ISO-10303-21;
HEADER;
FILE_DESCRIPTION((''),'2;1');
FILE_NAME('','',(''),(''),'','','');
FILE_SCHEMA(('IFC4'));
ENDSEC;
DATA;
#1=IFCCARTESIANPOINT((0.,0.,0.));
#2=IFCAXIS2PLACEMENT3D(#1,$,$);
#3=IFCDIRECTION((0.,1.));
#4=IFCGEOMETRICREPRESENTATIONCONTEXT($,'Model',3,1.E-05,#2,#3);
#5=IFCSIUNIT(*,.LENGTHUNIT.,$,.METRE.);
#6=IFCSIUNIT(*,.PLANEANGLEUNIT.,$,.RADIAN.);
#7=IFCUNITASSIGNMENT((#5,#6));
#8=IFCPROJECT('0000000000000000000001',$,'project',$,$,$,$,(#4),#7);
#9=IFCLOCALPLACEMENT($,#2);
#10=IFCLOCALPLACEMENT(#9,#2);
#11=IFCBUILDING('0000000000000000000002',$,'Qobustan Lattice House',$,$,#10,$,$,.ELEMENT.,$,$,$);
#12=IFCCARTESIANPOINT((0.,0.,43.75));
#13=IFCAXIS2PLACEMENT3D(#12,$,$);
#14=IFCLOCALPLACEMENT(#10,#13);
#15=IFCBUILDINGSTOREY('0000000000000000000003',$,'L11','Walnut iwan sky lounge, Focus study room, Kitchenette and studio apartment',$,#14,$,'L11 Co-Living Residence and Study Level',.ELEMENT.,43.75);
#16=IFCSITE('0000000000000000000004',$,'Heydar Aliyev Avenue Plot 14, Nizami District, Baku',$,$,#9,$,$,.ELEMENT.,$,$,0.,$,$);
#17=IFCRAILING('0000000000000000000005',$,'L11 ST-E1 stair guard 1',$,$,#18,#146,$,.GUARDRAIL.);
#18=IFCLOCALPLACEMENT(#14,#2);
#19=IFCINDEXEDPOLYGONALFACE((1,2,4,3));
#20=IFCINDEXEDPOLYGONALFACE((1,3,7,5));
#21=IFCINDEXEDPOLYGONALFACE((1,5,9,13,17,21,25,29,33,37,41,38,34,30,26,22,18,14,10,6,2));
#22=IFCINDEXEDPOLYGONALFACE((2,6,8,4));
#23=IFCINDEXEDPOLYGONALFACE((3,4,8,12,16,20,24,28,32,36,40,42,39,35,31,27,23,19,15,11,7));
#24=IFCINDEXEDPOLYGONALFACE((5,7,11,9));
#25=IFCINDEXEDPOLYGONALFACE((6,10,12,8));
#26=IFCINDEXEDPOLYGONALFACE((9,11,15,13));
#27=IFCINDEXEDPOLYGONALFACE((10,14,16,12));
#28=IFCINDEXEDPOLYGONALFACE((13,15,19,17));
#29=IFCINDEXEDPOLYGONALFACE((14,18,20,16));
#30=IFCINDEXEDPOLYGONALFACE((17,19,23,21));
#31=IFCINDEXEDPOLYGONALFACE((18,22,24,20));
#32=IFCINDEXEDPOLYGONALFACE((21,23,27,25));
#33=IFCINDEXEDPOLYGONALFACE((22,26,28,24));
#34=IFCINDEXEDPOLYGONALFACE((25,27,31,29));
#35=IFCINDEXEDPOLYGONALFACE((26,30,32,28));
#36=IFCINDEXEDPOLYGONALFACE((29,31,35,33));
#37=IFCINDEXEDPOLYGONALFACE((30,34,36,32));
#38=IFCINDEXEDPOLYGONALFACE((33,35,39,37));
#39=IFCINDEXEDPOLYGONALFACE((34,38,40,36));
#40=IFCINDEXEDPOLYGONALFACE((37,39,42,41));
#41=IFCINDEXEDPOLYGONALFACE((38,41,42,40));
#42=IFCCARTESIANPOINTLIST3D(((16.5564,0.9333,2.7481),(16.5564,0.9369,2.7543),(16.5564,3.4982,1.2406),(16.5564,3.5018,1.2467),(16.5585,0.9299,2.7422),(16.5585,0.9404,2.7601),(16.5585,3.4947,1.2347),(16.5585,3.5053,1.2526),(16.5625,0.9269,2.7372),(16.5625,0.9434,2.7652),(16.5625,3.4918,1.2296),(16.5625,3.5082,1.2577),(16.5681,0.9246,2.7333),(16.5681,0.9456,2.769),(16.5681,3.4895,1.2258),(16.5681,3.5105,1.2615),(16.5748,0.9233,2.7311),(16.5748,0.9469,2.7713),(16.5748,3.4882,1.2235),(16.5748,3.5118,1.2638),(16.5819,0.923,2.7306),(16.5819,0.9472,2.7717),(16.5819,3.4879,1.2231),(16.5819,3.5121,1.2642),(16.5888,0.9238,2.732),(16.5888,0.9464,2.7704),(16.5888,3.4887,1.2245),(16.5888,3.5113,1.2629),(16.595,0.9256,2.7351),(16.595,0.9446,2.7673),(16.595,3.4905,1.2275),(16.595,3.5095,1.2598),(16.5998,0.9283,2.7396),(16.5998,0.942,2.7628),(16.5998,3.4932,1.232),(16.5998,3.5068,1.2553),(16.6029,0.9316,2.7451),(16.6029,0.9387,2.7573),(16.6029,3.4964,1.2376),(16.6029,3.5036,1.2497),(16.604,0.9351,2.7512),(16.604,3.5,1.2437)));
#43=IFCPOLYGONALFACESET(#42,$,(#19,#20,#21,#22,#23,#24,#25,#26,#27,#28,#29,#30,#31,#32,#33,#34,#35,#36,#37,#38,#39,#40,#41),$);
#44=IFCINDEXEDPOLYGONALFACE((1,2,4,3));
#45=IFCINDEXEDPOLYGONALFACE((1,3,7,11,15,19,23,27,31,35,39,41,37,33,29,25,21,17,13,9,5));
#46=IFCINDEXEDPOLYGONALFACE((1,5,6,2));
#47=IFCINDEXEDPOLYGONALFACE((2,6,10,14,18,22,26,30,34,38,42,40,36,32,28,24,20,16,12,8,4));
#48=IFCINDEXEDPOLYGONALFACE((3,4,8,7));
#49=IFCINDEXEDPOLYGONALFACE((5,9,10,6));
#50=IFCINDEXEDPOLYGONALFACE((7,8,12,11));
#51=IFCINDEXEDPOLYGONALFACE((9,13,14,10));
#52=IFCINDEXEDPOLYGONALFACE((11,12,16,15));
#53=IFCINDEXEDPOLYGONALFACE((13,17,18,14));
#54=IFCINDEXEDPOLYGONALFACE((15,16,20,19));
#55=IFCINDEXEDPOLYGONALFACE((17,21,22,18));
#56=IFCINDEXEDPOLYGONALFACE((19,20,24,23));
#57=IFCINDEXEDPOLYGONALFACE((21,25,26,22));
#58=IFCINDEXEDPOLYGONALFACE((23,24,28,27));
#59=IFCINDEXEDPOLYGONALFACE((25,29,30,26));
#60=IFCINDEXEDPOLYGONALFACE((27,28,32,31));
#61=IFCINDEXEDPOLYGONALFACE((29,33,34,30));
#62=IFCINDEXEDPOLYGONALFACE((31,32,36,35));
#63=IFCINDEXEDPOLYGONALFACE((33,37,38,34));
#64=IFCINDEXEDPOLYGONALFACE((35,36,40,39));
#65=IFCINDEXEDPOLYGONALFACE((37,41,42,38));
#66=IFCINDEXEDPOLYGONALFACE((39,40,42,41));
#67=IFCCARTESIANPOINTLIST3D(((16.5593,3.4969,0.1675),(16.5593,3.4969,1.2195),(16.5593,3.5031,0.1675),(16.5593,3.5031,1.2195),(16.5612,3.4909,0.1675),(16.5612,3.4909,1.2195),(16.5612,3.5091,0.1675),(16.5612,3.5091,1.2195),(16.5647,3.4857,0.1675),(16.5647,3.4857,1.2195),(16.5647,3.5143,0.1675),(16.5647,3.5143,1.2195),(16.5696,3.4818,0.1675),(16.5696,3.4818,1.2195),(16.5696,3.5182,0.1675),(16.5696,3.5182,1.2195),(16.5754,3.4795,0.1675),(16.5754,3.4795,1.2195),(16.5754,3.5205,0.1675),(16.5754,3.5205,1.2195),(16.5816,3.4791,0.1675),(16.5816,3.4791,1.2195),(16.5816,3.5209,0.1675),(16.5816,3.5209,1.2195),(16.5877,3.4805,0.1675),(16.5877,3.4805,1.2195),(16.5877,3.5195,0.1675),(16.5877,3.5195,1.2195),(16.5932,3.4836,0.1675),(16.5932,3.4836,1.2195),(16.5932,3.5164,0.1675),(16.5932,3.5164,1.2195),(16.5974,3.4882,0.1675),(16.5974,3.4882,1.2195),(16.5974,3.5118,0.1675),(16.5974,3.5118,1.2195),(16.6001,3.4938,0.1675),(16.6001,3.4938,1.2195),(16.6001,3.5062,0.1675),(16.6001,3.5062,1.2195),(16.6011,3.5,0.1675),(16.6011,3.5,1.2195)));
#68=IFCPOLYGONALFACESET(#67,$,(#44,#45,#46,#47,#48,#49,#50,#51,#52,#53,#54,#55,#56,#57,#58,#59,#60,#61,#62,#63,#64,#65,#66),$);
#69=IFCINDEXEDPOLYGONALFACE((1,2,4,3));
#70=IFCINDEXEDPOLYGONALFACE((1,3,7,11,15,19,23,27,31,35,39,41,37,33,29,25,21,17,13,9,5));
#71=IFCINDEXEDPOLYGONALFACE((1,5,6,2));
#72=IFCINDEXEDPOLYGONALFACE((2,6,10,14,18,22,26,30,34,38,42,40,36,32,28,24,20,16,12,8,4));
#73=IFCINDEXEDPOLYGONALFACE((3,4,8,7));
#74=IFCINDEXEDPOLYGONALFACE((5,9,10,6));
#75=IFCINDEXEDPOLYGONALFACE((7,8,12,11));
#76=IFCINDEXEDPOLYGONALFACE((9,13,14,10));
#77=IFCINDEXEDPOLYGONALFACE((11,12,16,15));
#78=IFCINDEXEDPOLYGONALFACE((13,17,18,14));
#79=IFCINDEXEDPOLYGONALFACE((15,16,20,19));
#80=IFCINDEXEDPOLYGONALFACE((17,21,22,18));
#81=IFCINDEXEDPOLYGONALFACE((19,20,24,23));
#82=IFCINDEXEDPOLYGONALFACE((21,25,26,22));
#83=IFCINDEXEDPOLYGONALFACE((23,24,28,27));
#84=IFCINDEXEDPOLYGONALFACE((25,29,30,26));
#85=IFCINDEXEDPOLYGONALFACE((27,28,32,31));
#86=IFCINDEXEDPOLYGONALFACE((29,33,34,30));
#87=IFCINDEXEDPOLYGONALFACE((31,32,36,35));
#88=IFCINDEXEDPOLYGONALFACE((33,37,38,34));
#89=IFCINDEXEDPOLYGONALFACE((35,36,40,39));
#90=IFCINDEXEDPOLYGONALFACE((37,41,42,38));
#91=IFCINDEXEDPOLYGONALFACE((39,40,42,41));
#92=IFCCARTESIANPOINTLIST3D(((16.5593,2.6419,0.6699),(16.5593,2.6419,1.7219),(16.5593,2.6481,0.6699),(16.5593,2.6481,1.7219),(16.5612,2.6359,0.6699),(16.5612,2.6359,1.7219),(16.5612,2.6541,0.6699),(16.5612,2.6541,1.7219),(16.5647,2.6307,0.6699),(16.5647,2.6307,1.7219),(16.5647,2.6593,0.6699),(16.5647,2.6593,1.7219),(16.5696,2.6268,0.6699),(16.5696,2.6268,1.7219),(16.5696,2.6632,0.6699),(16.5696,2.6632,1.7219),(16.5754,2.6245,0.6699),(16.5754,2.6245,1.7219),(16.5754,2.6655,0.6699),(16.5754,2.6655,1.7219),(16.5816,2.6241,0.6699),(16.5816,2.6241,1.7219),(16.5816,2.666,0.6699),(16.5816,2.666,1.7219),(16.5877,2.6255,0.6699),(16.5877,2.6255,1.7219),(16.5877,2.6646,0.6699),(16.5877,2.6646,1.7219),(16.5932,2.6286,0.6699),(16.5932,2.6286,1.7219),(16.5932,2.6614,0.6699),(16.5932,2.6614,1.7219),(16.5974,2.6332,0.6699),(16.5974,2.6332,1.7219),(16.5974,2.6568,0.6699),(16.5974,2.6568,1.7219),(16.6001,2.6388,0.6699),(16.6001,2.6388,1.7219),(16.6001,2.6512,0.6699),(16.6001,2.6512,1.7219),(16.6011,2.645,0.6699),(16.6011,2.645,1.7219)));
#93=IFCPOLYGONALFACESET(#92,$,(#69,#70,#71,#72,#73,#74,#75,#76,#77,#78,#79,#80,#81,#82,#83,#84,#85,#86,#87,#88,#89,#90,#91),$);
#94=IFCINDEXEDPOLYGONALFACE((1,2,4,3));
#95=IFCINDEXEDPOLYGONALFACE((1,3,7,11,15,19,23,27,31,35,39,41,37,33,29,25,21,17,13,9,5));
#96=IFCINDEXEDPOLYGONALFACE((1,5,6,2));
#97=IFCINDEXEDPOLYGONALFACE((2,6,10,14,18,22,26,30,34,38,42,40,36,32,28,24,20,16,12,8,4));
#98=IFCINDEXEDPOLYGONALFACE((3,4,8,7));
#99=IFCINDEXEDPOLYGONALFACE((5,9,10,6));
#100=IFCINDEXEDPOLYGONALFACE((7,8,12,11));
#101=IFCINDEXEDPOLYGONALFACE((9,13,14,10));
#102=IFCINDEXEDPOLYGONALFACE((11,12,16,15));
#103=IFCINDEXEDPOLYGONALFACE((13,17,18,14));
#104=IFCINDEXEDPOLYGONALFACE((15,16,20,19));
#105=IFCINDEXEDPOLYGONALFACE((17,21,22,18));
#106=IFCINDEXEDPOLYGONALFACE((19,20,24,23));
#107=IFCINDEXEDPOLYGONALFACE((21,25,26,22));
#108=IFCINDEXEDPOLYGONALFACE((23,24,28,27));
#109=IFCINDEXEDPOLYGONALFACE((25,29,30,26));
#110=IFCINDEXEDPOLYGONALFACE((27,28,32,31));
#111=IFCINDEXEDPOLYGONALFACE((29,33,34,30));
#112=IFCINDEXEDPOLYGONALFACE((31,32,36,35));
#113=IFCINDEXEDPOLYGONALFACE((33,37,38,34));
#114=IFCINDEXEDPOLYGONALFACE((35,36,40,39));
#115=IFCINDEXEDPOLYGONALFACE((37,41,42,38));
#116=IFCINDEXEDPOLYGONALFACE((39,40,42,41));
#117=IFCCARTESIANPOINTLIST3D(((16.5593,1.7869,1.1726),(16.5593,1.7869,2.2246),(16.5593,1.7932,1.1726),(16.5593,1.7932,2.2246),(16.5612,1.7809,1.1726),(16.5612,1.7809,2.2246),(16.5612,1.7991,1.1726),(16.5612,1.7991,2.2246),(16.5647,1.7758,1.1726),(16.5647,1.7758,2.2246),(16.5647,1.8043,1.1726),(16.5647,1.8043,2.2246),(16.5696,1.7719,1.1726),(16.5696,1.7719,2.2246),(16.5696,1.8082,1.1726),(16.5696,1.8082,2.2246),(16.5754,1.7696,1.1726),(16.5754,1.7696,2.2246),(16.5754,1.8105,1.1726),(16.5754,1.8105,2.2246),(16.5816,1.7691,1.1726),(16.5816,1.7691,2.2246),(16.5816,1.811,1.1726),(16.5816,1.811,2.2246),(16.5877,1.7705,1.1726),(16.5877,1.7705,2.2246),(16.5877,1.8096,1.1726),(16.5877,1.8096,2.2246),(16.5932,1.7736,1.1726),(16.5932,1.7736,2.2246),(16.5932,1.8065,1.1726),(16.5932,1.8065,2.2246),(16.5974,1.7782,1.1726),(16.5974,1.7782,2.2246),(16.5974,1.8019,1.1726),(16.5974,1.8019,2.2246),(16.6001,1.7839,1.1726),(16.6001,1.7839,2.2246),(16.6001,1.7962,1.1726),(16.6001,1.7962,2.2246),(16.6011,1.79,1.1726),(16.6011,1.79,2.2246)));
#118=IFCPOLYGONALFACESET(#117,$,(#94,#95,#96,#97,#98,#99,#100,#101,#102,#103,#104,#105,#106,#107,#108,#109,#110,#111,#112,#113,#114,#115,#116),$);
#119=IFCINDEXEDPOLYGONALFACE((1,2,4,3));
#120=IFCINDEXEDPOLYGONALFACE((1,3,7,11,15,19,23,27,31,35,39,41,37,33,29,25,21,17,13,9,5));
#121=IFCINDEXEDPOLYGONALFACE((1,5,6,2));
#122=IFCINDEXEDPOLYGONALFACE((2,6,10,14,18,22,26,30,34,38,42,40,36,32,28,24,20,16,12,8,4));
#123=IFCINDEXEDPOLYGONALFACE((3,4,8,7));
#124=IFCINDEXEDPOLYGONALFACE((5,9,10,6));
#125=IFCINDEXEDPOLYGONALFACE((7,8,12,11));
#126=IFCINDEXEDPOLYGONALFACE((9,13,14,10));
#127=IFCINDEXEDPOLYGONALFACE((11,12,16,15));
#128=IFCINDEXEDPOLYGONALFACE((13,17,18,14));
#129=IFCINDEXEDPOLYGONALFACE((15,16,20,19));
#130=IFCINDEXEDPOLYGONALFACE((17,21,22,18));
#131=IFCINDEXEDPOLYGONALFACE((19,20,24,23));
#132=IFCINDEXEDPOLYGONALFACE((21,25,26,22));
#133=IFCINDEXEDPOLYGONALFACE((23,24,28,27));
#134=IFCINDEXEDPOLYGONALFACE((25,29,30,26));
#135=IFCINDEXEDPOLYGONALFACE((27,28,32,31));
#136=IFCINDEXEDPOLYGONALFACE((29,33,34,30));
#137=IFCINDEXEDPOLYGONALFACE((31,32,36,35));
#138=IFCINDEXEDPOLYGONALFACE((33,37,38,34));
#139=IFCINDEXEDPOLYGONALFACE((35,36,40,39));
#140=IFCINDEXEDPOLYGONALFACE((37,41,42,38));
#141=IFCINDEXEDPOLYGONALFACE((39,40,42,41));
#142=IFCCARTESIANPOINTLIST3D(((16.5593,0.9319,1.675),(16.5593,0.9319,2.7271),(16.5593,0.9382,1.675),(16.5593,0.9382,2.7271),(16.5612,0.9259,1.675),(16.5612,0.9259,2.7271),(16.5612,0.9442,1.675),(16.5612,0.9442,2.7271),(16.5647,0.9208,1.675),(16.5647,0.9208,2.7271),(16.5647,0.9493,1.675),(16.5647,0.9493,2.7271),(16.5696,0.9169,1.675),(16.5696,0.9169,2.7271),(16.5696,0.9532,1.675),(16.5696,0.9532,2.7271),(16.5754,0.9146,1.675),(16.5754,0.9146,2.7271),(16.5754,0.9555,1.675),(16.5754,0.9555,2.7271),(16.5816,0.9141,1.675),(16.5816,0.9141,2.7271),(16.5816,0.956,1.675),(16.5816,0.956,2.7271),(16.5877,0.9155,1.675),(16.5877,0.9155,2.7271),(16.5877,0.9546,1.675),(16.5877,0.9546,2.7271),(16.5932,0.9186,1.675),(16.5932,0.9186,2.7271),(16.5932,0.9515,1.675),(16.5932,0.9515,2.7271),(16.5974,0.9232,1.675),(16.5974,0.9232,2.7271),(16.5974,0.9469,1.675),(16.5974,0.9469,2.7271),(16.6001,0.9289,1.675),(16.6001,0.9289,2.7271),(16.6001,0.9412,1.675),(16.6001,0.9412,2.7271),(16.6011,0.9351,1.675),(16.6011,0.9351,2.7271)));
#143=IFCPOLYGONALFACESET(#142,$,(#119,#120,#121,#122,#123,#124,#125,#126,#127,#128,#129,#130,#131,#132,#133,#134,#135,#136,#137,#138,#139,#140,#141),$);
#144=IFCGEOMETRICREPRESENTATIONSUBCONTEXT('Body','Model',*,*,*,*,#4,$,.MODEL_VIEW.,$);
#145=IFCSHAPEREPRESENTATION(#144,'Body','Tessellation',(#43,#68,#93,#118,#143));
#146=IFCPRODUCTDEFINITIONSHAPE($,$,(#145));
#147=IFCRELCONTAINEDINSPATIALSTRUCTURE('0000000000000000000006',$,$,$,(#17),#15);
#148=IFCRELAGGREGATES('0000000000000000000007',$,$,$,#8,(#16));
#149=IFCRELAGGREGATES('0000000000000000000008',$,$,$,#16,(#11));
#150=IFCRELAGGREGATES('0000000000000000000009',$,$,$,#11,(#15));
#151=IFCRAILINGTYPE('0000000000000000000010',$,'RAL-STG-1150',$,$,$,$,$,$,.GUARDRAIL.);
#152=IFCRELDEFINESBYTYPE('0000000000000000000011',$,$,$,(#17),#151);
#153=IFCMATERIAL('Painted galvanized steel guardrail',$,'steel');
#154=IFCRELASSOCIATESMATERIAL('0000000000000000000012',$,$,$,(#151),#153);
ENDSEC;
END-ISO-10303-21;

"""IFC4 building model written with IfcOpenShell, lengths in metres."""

from ifc_helpers import new_model, si_unit, direction, frame, origin, origin_2d, place, context, subcontext, project, spatial, circle, extrude, material, type_object, element, save


model = new_model("IFC4")

# Units and contexts
model_context = context("Model", 3, precision=1e-05, world=origin(), true_north=direction((0.0, 1.0)))
body_context = subcontext(model_context, "Body", "Model", "MODEL_VIEW")
ifc_project = project(units=[si_unit("LENGTHUNIT", "METRE"), si_unit("PLANEANGLEUNIT", "RADIAN")], contexts=[model_context])

# Site, building, storey
site_placement = place(None, origin())
site = spatial("IfcSite", under=ifc_project, at=site_placement, Name="Heydar Aliyev Avenue Plot 14, Nizami District, Baku", CompositionType="ELEMENT", RefElevation=0.0)
building_placement = place(site_placement, origin())
building = spatial("IfcBuilding", under=site, at=building_placement, Name="Qobustan Lattice House", CompositionType="ELEMENT")
storey_placement = place(building_placement, frame((0.0, 0.0, 43.75)))
storey = spatial("IfcBuildingStorey", under=building, at=storey_placement, Name="L11", Description="Walnut iwan sky lounge, Focus study room, Kitchenette and studio apartment", LongName="L11 Co-Living Residence and Study Level", CompositionType="ELEMENT", Elevation=43.75)

# Railing
ifc_material_1 = material(Name="Painted galvanized steel guardrail", Category="steel")
railing_type_1 = type_object("IfcRailingType", Name="RAL-STG-1150", PredefinedType="GUARDRAIL", material=ifc_material_1)
railing_1_placement = place(storey_placement, frame((16.5801, 3.5, 0.1675)))
element("IfcRailing", 1, at=railing_1_placement, inside=storey, type_object=railing_type_1, Name="L11 ST-E1 stair guard 1", PredefinedType="GUARDRAIL", context=body_context, shape_type="SweptSolid", body=[
    extrude(circle(Radius=0.0239, at=origin_2d()), frame((0.0, 0.0, 1.0762), z_axis=(0.0, -0.862113, 0.506715), x_axis=(1.0, 0.0, 0.0)), (0.0, 0.0, 1.0), 2.9751),
    extrude(circle(Radius=0.021, at=origin_2d()), origin(), (0.0, 0.0, 1.0), 1.052),
    extrude(circle(Radius=0.021, at=origin_2d()), frame((0.0, -0.855, 0.5024)), (0.0, 0.0, 1.0), 1.052),
    extrude(circle(Radius=0.021, at=origin_2d()), frame((0.0, -1.71, 1.0051)), (0.0, 0.0, 1.0), 1.052),
    extrude(circle(Radius=0.021, at=origin_2d()), frame((0.0, -2.5649, 1.5076)), (0.0, 0.0, 1.0), 1.052),
])

save(model, "model.ifc")
